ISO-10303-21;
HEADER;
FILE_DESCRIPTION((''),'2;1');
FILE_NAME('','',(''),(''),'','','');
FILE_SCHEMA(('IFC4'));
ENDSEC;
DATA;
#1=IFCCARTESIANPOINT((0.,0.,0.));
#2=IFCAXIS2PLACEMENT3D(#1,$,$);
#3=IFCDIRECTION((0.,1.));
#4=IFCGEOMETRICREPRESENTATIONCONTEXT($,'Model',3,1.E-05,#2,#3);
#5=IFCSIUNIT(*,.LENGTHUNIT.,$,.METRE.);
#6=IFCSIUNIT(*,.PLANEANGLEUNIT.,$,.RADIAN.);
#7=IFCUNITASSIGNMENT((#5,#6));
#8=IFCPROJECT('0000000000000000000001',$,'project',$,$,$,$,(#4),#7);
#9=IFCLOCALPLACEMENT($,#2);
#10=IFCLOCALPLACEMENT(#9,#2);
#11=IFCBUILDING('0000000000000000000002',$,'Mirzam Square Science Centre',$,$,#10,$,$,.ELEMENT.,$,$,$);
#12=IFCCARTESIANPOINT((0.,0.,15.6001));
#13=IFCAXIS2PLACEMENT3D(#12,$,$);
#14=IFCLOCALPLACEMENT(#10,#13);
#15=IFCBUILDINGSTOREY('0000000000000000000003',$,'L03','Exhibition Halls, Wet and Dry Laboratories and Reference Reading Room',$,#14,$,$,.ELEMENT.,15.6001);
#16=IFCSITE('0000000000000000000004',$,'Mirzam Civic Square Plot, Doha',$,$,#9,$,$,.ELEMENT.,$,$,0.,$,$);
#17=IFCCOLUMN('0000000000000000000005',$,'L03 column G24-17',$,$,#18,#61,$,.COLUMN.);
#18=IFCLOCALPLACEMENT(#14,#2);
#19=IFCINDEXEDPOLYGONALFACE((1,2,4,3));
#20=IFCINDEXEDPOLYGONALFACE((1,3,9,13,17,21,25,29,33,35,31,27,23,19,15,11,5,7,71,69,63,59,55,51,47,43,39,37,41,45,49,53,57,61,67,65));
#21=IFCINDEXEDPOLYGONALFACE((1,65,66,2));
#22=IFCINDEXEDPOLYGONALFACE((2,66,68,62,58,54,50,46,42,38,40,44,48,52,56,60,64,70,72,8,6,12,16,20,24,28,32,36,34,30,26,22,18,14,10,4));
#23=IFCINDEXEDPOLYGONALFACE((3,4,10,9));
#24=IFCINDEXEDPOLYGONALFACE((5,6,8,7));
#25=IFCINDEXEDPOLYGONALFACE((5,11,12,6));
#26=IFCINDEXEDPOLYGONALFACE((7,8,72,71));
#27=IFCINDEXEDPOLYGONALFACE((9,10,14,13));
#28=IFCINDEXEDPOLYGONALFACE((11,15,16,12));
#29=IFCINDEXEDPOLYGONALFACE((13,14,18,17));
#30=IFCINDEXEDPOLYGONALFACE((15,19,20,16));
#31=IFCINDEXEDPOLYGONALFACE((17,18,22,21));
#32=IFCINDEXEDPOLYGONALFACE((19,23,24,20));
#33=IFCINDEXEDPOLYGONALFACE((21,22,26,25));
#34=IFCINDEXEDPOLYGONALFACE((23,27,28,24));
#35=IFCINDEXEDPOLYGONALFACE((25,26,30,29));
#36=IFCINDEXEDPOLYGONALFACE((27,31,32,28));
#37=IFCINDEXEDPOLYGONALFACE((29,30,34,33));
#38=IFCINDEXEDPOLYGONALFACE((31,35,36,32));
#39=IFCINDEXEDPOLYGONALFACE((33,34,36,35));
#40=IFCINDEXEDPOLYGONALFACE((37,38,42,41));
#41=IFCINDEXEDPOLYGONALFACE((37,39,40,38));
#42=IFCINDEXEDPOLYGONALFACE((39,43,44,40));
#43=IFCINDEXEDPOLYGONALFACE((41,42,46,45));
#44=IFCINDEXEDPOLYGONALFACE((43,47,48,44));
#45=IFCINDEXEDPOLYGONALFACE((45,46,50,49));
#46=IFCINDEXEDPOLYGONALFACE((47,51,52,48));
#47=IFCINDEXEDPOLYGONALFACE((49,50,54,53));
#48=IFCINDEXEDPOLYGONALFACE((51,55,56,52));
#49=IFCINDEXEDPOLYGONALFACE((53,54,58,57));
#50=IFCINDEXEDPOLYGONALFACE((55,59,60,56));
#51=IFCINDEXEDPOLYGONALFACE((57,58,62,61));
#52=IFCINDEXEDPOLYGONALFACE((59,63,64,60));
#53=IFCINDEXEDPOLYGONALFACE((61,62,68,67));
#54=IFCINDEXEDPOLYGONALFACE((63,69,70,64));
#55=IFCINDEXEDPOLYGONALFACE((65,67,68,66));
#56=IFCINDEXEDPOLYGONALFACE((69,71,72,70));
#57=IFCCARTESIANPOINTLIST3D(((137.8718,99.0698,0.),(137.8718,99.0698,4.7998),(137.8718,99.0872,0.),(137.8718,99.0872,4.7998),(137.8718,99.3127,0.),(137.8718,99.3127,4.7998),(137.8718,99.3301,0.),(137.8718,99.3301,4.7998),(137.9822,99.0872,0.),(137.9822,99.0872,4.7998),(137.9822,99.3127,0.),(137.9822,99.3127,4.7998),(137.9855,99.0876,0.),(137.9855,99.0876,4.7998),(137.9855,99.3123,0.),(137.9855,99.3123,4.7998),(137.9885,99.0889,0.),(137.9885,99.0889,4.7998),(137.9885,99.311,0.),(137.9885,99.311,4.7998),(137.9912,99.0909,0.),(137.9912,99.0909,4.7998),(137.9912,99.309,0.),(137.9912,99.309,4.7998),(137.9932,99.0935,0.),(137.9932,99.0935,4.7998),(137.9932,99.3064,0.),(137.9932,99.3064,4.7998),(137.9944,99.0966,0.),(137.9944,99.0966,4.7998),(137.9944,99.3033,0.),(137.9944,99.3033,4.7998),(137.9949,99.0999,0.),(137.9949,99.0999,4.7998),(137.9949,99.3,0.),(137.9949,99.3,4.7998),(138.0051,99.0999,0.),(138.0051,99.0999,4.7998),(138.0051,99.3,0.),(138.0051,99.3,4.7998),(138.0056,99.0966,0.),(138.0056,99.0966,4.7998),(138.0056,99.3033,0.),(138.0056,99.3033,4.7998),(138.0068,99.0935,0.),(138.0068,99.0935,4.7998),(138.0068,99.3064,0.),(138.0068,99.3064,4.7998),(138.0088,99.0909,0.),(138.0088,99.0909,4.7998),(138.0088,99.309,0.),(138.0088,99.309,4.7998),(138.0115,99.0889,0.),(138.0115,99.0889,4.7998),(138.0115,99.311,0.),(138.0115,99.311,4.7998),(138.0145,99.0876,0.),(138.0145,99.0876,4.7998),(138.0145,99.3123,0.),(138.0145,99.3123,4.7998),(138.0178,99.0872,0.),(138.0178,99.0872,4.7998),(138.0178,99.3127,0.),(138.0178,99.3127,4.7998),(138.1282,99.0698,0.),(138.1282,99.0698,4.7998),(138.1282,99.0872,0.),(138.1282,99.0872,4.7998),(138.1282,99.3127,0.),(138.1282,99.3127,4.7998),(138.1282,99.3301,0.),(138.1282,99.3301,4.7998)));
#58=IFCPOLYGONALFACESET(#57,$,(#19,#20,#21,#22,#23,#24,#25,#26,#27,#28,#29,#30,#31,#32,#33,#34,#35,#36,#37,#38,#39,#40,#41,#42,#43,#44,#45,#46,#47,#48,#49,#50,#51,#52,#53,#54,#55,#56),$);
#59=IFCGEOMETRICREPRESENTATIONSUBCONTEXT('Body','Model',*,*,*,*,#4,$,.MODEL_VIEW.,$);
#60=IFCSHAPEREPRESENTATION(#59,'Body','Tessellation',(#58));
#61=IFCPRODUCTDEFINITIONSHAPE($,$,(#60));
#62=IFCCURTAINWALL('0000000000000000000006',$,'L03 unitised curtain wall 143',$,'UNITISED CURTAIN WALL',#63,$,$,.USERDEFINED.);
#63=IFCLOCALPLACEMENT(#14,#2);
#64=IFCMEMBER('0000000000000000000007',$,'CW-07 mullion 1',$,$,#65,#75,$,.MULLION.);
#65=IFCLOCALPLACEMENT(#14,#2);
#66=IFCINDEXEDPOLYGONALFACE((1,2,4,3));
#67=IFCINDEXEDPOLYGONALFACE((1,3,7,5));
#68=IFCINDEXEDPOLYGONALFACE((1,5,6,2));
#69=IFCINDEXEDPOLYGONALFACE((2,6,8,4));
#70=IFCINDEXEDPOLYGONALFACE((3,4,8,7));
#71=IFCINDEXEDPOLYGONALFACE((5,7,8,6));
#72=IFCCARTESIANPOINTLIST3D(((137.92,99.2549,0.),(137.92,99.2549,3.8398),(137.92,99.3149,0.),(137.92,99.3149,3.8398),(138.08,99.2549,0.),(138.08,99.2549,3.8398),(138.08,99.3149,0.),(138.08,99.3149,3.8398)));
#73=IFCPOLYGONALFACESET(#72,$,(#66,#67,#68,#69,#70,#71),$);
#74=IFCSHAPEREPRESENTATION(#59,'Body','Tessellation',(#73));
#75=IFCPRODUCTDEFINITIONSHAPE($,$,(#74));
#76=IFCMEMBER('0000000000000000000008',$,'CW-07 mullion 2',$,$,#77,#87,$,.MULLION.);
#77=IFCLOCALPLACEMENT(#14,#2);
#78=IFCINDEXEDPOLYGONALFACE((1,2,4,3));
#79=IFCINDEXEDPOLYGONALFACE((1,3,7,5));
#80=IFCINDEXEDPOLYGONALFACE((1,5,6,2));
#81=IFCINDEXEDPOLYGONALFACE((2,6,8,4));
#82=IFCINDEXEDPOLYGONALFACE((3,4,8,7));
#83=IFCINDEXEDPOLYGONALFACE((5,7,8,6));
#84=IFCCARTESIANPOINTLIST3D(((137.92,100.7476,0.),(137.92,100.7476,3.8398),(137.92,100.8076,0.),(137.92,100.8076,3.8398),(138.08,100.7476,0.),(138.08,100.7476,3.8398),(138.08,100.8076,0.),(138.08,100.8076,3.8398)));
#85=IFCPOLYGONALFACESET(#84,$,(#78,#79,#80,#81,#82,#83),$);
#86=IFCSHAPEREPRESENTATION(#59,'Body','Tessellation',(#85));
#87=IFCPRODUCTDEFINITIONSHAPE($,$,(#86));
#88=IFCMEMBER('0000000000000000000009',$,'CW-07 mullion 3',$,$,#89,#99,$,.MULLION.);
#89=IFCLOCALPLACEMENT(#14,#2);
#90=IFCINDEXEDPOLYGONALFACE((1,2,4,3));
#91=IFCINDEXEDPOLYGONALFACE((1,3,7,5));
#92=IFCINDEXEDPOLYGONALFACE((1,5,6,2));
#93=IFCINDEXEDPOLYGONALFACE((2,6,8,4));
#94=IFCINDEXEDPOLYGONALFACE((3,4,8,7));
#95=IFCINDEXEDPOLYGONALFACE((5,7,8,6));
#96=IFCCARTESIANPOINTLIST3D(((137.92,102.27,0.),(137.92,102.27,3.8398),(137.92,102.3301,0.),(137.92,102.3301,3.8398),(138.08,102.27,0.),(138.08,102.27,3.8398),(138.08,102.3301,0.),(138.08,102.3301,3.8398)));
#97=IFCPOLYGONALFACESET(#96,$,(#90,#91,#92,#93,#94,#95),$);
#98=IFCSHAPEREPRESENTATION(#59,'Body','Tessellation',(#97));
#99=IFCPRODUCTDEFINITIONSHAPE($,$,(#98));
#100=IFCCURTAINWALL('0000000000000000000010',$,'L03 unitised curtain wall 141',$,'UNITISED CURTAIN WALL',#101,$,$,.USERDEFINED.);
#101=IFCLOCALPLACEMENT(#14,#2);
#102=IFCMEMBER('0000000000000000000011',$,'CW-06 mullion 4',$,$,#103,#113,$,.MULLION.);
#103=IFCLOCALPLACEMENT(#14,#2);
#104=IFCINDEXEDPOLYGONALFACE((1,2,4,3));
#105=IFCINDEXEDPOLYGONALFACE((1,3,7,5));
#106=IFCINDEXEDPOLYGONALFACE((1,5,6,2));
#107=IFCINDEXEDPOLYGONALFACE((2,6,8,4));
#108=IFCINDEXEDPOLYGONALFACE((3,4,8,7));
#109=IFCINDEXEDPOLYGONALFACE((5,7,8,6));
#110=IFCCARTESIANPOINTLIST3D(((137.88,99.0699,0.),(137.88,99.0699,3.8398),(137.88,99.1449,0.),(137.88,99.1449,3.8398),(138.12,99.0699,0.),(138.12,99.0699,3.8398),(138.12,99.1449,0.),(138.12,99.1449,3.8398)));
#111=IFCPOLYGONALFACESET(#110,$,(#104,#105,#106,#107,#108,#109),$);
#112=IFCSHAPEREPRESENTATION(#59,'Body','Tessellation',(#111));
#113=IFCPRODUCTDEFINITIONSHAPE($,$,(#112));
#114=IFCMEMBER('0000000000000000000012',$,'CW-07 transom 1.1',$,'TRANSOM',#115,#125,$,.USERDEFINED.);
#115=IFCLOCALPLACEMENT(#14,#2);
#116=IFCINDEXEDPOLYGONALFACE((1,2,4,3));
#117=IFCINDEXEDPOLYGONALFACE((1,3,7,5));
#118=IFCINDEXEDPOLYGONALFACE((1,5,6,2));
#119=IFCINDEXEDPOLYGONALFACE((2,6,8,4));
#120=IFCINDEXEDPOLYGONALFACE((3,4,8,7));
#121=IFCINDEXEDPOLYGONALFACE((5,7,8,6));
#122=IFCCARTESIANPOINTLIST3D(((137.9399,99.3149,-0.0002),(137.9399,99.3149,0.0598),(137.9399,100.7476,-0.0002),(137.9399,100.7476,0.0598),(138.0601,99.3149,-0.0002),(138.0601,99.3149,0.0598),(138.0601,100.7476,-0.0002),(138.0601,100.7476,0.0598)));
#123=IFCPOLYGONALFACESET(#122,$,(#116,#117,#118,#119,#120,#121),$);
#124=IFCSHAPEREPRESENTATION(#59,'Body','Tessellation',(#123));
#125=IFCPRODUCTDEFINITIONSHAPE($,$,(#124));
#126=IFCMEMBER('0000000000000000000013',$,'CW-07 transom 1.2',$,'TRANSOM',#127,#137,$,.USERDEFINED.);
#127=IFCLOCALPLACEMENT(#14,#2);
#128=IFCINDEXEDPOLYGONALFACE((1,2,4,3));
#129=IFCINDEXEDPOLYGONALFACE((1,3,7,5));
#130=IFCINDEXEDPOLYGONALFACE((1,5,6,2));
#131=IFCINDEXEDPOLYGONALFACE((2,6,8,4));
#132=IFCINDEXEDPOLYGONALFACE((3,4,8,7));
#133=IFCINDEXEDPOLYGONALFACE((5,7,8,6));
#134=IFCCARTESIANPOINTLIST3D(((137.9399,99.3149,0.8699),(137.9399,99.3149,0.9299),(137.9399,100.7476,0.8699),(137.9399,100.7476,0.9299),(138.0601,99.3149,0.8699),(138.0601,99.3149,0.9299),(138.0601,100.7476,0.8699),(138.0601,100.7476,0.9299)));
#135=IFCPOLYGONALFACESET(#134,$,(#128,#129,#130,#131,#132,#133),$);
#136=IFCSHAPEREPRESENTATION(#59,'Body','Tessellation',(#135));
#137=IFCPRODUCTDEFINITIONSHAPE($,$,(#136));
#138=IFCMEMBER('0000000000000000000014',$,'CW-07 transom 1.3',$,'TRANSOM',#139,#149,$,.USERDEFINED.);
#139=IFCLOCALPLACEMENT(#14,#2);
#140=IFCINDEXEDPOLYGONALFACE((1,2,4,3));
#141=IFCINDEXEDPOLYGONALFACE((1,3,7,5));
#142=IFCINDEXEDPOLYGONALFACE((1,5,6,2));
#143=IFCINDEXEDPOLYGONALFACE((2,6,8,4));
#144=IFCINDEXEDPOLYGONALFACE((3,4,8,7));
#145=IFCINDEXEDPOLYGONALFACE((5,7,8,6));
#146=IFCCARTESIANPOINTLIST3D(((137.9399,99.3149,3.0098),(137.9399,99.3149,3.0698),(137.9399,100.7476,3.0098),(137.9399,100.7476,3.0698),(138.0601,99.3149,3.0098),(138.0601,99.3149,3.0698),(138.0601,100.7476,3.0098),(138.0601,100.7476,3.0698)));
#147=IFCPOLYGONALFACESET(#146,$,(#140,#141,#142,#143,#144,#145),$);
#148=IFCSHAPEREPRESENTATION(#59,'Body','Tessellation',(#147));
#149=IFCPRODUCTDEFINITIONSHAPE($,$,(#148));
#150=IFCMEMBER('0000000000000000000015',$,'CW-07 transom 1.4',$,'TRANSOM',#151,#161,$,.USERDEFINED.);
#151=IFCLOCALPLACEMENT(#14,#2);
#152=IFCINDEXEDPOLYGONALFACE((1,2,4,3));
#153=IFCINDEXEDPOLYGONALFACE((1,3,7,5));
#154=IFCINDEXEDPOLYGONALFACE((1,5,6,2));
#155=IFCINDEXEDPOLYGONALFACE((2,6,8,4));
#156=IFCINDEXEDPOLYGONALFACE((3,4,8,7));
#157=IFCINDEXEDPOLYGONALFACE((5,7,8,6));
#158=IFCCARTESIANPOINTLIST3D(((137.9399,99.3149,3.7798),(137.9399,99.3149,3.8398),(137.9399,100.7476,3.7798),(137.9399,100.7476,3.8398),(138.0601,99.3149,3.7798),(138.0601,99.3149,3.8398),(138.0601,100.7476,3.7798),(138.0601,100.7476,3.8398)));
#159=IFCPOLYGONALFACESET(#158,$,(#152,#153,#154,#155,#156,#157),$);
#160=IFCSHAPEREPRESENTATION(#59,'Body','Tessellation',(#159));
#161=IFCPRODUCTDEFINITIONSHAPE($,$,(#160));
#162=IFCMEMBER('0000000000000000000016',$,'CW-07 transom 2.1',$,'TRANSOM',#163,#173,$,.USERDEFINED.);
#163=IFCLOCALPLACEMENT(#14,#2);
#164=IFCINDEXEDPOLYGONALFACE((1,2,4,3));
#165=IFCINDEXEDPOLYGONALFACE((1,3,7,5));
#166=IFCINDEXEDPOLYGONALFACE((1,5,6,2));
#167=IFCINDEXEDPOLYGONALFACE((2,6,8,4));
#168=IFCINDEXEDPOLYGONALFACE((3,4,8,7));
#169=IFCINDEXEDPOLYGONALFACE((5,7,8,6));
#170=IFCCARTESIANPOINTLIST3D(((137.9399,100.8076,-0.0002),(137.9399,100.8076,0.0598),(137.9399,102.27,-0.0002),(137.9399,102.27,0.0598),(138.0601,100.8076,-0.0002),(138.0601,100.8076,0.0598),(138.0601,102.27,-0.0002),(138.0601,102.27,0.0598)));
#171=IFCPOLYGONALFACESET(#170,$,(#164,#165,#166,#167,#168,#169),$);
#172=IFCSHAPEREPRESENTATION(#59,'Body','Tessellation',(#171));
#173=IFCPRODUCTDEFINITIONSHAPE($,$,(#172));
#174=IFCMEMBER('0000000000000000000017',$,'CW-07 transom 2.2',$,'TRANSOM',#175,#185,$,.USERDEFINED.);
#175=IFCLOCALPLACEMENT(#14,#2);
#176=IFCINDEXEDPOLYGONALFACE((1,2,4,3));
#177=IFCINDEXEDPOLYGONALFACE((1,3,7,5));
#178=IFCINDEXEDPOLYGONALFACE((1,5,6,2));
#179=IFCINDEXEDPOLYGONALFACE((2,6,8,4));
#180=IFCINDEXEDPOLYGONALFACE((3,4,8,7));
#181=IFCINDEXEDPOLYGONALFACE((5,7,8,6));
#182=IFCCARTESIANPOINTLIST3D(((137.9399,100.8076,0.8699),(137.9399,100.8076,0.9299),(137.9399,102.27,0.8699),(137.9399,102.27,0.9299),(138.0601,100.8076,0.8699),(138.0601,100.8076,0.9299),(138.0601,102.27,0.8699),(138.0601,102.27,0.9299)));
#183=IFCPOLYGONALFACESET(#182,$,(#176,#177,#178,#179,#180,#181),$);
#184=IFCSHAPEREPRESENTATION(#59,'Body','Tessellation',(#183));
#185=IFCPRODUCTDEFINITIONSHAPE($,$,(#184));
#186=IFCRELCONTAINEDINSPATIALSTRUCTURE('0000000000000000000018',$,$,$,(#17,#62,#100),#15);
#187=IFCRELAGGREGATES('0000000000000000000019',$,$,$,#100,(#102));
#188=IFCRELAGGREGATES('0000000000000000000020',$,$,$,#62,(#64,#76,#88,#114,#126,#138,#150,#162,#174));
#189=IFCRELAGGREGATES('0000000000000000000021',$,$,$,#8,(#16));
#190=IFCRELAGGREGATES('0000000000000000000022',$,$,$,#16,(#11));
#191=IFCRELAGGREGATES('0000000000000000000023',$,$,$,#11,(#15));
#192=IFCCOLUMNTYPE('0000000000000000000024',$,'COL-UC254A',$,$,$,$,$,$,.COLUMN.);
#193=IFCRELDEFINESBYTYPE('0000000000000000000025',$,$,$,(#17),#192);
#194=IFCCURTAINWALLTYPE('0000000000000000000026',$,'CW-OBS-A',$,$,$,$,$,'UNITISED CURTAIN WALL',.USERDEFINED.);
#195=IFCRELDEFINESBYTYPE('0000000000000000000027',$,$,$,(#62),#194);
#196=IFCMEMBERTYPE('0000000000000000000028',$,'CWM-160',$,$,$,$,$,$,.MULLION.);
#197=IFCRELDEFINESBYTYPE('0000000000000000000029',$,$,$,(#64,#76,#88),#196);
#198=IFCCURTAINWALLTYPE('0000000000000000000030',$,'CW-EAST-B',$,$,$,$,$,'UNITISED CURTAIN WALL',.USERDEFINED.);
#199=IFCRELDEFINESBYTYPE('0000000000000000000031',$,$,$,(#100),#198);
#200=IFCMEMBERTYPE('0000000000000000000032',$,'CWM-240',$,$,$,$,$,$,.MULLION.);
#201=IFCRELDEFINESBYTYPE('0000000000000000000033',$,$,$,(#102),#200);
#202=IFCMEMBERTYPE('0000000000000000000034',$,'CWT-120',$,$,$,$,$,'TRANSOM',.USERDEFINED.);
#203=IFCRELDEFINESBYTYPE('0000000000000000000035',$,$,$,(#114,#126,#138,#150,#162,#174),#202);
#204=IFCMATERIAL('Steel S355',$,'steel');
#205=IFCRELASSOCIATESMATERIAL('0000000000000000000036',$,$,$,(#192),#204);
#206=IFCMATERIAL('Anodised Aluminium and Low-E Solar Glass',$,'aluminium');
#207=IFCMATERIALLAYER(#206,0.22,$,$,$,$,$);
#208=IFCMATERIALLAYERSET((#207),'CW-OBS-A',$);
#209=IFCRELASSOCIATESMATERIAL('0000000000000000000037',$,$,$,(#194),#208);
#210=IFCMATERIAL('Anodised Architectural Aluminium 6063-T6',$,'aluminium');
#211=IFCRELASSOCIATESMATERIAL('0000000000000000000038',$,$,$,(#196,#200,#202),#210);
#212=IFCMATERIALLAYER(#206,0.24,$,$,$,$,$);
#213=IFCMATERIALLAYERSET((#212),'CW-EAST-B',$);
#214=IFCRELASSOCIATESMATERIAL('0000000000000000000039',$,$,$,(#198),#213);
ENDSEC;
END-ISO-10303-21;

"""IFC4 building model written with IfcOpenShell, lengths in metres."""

from ifc_helpers import new_model, si_unit, direction, frame, origin, origin_2d, place, context, subcontext, project, spatial, rectangle, i_section, extrude, material, layer, layer_set, material_profile, profile_set, type_object, element, aggregate, save


model = new_model("IFC4")

# Units and contexts
model_context = context("Model", 3, precision=1e-05, world=origin(), true_north=direction((0.0, 1.0)))
body_context = subcontext(model_context, "Body", "Model", "MODEL_VIEW")
ifc_project = project(units=[si_unit("LENGTHUNIT", "METRE"), si_unit("PLANEANGLEUNIT", "RADIAN")], contexts=[model_context])

# Site, building, storey
site_placement = place(None, origin())
site = spatial("IfcSite", under=ifc_project, at=site_placement, Name="Mirzam Civic Square Plot, Doha", CompositionType="ELEMENT", RefElevation=0.0)
building_placement = place(site_placement, origin())
building = spatial("IfcBuilding", under=site, at=building_placement, Name="Mirzam Square Science Centre", CompositionType="ELEMENT")
storey_placement = place(building_placement, frame((0.0, 0.0, 15.6001)))
storey = spatial("IfcBuildingStorey", under=building, at=storey_placement, Name="L03", Description="Exhibition Halls, Wet and Dry Laboratories and Reference Reading Room", CompositionType="ELEMENT", Elevation=15.6001)

# Column
ifc_material_1 = material(Name="Steel S355", Category="steel")
ifc_material_profile_1 = material_profile(ifc_material_1, i_section(OverallWidth=0.2563, OverallDepth=0.2603, WebThickness=0.0103, FlangeThickness=0.0173, FilletRadius=0.0127, at=origin_2d()), Name="254x254x89UC")
ifc_profile_set_1 = profile_set([ifc_material_profile_1], Name="Steel S355")
column_type = type_object("IfcColumnType", Name="COL-UC254A", PredefinedType="COLUMN", material=ifc_profile_set_1)
column_placement = place(storey_placement, frame((138.0, 99.2, 0.0), z_axis=(0.0, 0.0, 1.0), x_axis=(1.0, 0.0, 0.0)))
element("IfcColumn", 1, at=column_placement, inside=storey, type_object=column_type, Name="L03 column G24-17", PredefinedType="COLUMN", context=body_context, shape_type="SweptSolid", body=[
    extrude(i_section(OverallWidth=0.2563, OverallDepth=0.2603, WebThickness=0.0103, FlangeThickness=0.0173, FilletRadius=0.0127, at=origin_2d()), origin(), (0.0, 0.0, 1.0), 4.7998),
])

# Curtain wall, members
ifc_material_2 = material(Name="Anodised Aluminium and Low-E Solar Glass", Category="aluminium")
ifc_layer_1 = layer(ifc_material_2, 0.22)
ifc_layer_set_1 = layer_set([ifc_layer_1], Name="CW-OBS-A")
curtain_wall_type_1 = type_object("IfcCurtainWallType", Name="CW-OBS-A", ElementType="UNITISED CURTAIN WALL", PredefinedType="USERDEFINED", material=ifc_layer_set_1)
curtain_wall_1_placement = place(storey_placement, origin())
curtain_wall_1 = element("IfcCurtainWall", 2, at=curtain_wall_1_placement, inside=storey, type_object=curtain_wall_type_1, Name="L03 unitised curtain wall 143", ObjectType="UNITISED CURTAIN WALL", PredefinedType="USERDEFINED")
ifc_material_3 = material(Name="Anodised Architectural Aluminium 6063-T6", Category="aluminium")
ifc_material_profile_2 = material_profile(ifc_material_3, rectangle(XDim=0.0601, YDim=0.1599, at=origin_2d()), Name="ALU-MULL-160x60x4")
ifc_profile_set_2 = profile_set([ifc_material_profile_2], Name="Anodised Architectural Aluminium 6063-T6")
member_type_1 = type_object("IfcMemberType", Name="CWM-160", PredefinedType="MULLION", material=ifc_profile_set_2)
member_1_placement = place(storey_placement, frame((138.0, 99.2849, 0.0), z_axis=(0.0, 0.0, 1.0), x_axis=(0.0, 1.0, 0.0)))
member_1 = element("IfcMember", 3, at=member_1_placement, type_object=member_type_1, Name="CW-07 mullion 1", PredefinedType="MULLION", context=body_context, shape_type="SweptSolid", body=[
    extrude(rectangle(XDim=0.0601, YDim=0.1599, at=origin_2d()), origin(), (0.0, 0.0, 1.0), 3.8398),
])
member_2_placement = place(storey_placement, frame((138.0, 100.7776, 0.0), z_axis=(0.0, 0.0, 1.0), x_axis=(0.0, 1.0, 0.0)))
member_2 = element("IfcMember", 4, at=member_2_placement, type_object=member_type_1, Name="CW-07 mullion 2", PredefinedType="MULLION", context=body_context, shape_type="SweptSolid", body=[
    extrude(rectangle(XDim=0.0601, YDim=0.1599, at=origin_2d()), origin(), (0.0, 0.0, 1.0), 3.8398),
])
member_3_placement = place(storey_placement, frame((138.0, 102.3, 0.0), z_axis=(0.0, 0.0, 1.0), x_axis=(0.0, 1.0, 0.0)))
member_3 = element("IfcMember", 5, at=member_3_placement, type_object=member_type_1, Name="CW-07 mullion 3", PredefinedType="MULLION", context=body_context, shape_type="SweptSolid", body=[
    extrude(rectangle(XDim=0.0601, YDim=0.1599, at=origin_2d()), origin(), (0.0, 0.0, 1.0), 3.8398),
])

# Curtain wall, member
ifc_layer_2 = layer(ifc_material_2, 0.24)
ifc_layer_set_2 = layer_set([ifc_layer_2], Name="CW-EAST-B")
curtain_wall_type_2 = type_object("IfcCurtainWallType", Name="CW-EAST-B", ElementType="UNITISED CURTAIN WALL", PredefinedType="USERDEFINED", material=ifc_layer_set_2)
curtain_wall_2_placement = place(storey_placement, origin())
curtain_wall_2 = element("IfcCurtainWall", 6, at=curtain_wall_2_placement, inside=storey, type_object=curtain_wall_type_2, Name="L03 unitised curtain wall 141", ObjectType="UNITISED CURTAIN WALL", PredefinedType="USERDEFINED")
ifc_material_profile_3 = material_profile(ifc_material_3, rectangle(XDim=0.075, YDim=0.24, at=origin_2d()), Name="ALU-MULL-240x75x5")
ifc_profile_set_3 = profile_set([ifc_material_profile_3], Name="Anodised Architectural Aluminium 6063-T6")
member_type_2 = type_object("IfcMemberType", Name="CWM-240", PredefinedType="MULLION", material=ifc_profile_set_3)
member_4_placement = place(storey_placement, frame((138.0, 99.1074, 0.0), z_axis=(0.0, 0.0, 1.0), x_axis=(0.0, 1.0, 0.0)))
member_4 = element("IfcMember", 7, at=member_4_placement, type_object=member_type_2, Name="CW-06 mullion 4", PredefinedType="MULLION", context=body_context, shape_type="SweptSolid", body=[
    extrude(rectangle(XDim=0.075, YDim=0.24, at=origin_2d()), origin(), (0.0, 0.0, 1.0), 3.8398),
])

# Members
ifc_material_profile_4 = material_profile(ifc_material_3, rectangle(XDim=0.1201, YDim=0.0601, at=origin_2d()), Name="ALU-TRAN-120x60x4")
ifc_profile_set_4 = profile_set([ifc_material_profile_4], Name="Anodised Architectural Aluminium 6063-T6")
member_type_3 = type_object("IfcMemberType", Name="CWT-120", ElementType="TRANSOM", PredefinedType="USERDEFINED", material=ifc_profile_set_4)
member_5_placement = place(storey_placement, frame((138.0, 99.3149, 0.0298), z_axis=(0.0, 1.0, 0.0), x_axis=(-1.0, 0.0, 0.0)))
member_5 = element("IfcMember", 8, at=member_5_placement, type_object=member_type_3, Name="CW-07 transom 1.1", ObjectType="TRANSOM", PredefinedType="USERDEFINED", context=body_context, shape_type="SweptSolid", body=[
    extrude(rectangle(XDim=0.1201, YDim=0.0601, at=origin_2d()), origin(), (0.0, 0.0, 1.0), 1.4326),
])
member_6_placement = place(storey_placement, frame((138.0, 99.3149, 0.8999), z_axis=(0.0, 1.0, 0.0), x_axis=(-1.0, 0.0, 0.0)))
member_6 = element("IfcMember", 9, at=member_6_placement, type_object=member_type_3, Name="CW-07 transom 1.2", ObjectType="TRANSOM", PredefinedType="USERDEFINED", context=body_context, shape_type="SweptSolid", body=[
    extrude(rectangle(XDim=0.1201, YDim=0.0601, at=origin_2d()), origin(), (0.0, 0.0, 1.0), 1.4326),
])
member_7_placement = place(storey_placement, frame((138.0, 99.3149, 3.0398), z_axis=(0.0, 1.0, 0.0), x_axis=(-1.0, 0.0, 0.0)))
member_7 = element("IfcMember", 10, at=member_7_placement, type_object=member_type_3, Name="CW-07 transom 1.3", ObjectType="TRANSOM", PredefinedType="USERDEFINED", context=body_context, shape_type="SweptSolid", body=[
    extrude(rectangle(XDim=0.1201, YDim=0.0601, at=origin_2d()), origin(), (0.0, 0.0, 1.0), 1.4326),
])
member_8_placement = place(storey_placement, frame((138.0, 99.3149, 3.8098), z_axis=(0.0, 1.0, 0.0), x_axis=(-1.0, 0.0, 0.0)))
member_8 = element("IfcMember", 11, at=member_8_placement, type_object=member_type_3, Name="CW-07 transom 1.4", ObjectType="TRANSOM", PredefinedType="USERDEFINED", context=body_context, shape_type="SweptSolid", body=[
    extrude(rectangle(XDim=0.1201, YDim=0.0601, at=origin_2d()), origin(), (0.0, 0.0, 1.0), 1.4326),
])
member_9_placement = place(storey_placement, frame((138.0, 100.8076, 0.0298), z_axis=(0.0, 1.0, 0.0), x_axis=(-1.0, 0.0, 0.0)))
member_9 = element("IfcMember", 12, at=member_9_placement, type_object=member_type_3, Name="CW-07 transom 2.1", ObjectType="TRANSOM", PredefinedType="USERDEFINED", context=body_context, shape_type="SweptSolid", body=[
    extrude(rectangle(XDim=0.1201, YDim=0.0601, at=origin_2d()), origin(), (0.0, 0.0, 1.0), 1.4624),
])
member_10_placement = place(storey_placement, frame((138.0, 100.8076, 0.8999), z_axis=(0.0, 1.0, 0.0), x_axis=(-1.0, 0.0, 0.0)))
member_10 = element("IfcMember", 13, at=member_10_placement, type_object=member_type_3, Name="CW-07 transom 2.2", ObjectType="TRANSOM", PredefinedType="USERDEFINED", context=body_context, shape_type="SweptSolid", body=[
    extrude(rectangle(XDim=0.1201, YDim=0.0601, at=origin_2d()), origin(), (0.0, 0.0, 1.0), 1.4624),
])

aggregate(curtain_wall_2, [member_4])
aggregate(curtain_wall_1, [member_1, member_2, member_3, member_5, member_6, member_7, member_8, member_9, member_10])

save(model, "model.ifc")
